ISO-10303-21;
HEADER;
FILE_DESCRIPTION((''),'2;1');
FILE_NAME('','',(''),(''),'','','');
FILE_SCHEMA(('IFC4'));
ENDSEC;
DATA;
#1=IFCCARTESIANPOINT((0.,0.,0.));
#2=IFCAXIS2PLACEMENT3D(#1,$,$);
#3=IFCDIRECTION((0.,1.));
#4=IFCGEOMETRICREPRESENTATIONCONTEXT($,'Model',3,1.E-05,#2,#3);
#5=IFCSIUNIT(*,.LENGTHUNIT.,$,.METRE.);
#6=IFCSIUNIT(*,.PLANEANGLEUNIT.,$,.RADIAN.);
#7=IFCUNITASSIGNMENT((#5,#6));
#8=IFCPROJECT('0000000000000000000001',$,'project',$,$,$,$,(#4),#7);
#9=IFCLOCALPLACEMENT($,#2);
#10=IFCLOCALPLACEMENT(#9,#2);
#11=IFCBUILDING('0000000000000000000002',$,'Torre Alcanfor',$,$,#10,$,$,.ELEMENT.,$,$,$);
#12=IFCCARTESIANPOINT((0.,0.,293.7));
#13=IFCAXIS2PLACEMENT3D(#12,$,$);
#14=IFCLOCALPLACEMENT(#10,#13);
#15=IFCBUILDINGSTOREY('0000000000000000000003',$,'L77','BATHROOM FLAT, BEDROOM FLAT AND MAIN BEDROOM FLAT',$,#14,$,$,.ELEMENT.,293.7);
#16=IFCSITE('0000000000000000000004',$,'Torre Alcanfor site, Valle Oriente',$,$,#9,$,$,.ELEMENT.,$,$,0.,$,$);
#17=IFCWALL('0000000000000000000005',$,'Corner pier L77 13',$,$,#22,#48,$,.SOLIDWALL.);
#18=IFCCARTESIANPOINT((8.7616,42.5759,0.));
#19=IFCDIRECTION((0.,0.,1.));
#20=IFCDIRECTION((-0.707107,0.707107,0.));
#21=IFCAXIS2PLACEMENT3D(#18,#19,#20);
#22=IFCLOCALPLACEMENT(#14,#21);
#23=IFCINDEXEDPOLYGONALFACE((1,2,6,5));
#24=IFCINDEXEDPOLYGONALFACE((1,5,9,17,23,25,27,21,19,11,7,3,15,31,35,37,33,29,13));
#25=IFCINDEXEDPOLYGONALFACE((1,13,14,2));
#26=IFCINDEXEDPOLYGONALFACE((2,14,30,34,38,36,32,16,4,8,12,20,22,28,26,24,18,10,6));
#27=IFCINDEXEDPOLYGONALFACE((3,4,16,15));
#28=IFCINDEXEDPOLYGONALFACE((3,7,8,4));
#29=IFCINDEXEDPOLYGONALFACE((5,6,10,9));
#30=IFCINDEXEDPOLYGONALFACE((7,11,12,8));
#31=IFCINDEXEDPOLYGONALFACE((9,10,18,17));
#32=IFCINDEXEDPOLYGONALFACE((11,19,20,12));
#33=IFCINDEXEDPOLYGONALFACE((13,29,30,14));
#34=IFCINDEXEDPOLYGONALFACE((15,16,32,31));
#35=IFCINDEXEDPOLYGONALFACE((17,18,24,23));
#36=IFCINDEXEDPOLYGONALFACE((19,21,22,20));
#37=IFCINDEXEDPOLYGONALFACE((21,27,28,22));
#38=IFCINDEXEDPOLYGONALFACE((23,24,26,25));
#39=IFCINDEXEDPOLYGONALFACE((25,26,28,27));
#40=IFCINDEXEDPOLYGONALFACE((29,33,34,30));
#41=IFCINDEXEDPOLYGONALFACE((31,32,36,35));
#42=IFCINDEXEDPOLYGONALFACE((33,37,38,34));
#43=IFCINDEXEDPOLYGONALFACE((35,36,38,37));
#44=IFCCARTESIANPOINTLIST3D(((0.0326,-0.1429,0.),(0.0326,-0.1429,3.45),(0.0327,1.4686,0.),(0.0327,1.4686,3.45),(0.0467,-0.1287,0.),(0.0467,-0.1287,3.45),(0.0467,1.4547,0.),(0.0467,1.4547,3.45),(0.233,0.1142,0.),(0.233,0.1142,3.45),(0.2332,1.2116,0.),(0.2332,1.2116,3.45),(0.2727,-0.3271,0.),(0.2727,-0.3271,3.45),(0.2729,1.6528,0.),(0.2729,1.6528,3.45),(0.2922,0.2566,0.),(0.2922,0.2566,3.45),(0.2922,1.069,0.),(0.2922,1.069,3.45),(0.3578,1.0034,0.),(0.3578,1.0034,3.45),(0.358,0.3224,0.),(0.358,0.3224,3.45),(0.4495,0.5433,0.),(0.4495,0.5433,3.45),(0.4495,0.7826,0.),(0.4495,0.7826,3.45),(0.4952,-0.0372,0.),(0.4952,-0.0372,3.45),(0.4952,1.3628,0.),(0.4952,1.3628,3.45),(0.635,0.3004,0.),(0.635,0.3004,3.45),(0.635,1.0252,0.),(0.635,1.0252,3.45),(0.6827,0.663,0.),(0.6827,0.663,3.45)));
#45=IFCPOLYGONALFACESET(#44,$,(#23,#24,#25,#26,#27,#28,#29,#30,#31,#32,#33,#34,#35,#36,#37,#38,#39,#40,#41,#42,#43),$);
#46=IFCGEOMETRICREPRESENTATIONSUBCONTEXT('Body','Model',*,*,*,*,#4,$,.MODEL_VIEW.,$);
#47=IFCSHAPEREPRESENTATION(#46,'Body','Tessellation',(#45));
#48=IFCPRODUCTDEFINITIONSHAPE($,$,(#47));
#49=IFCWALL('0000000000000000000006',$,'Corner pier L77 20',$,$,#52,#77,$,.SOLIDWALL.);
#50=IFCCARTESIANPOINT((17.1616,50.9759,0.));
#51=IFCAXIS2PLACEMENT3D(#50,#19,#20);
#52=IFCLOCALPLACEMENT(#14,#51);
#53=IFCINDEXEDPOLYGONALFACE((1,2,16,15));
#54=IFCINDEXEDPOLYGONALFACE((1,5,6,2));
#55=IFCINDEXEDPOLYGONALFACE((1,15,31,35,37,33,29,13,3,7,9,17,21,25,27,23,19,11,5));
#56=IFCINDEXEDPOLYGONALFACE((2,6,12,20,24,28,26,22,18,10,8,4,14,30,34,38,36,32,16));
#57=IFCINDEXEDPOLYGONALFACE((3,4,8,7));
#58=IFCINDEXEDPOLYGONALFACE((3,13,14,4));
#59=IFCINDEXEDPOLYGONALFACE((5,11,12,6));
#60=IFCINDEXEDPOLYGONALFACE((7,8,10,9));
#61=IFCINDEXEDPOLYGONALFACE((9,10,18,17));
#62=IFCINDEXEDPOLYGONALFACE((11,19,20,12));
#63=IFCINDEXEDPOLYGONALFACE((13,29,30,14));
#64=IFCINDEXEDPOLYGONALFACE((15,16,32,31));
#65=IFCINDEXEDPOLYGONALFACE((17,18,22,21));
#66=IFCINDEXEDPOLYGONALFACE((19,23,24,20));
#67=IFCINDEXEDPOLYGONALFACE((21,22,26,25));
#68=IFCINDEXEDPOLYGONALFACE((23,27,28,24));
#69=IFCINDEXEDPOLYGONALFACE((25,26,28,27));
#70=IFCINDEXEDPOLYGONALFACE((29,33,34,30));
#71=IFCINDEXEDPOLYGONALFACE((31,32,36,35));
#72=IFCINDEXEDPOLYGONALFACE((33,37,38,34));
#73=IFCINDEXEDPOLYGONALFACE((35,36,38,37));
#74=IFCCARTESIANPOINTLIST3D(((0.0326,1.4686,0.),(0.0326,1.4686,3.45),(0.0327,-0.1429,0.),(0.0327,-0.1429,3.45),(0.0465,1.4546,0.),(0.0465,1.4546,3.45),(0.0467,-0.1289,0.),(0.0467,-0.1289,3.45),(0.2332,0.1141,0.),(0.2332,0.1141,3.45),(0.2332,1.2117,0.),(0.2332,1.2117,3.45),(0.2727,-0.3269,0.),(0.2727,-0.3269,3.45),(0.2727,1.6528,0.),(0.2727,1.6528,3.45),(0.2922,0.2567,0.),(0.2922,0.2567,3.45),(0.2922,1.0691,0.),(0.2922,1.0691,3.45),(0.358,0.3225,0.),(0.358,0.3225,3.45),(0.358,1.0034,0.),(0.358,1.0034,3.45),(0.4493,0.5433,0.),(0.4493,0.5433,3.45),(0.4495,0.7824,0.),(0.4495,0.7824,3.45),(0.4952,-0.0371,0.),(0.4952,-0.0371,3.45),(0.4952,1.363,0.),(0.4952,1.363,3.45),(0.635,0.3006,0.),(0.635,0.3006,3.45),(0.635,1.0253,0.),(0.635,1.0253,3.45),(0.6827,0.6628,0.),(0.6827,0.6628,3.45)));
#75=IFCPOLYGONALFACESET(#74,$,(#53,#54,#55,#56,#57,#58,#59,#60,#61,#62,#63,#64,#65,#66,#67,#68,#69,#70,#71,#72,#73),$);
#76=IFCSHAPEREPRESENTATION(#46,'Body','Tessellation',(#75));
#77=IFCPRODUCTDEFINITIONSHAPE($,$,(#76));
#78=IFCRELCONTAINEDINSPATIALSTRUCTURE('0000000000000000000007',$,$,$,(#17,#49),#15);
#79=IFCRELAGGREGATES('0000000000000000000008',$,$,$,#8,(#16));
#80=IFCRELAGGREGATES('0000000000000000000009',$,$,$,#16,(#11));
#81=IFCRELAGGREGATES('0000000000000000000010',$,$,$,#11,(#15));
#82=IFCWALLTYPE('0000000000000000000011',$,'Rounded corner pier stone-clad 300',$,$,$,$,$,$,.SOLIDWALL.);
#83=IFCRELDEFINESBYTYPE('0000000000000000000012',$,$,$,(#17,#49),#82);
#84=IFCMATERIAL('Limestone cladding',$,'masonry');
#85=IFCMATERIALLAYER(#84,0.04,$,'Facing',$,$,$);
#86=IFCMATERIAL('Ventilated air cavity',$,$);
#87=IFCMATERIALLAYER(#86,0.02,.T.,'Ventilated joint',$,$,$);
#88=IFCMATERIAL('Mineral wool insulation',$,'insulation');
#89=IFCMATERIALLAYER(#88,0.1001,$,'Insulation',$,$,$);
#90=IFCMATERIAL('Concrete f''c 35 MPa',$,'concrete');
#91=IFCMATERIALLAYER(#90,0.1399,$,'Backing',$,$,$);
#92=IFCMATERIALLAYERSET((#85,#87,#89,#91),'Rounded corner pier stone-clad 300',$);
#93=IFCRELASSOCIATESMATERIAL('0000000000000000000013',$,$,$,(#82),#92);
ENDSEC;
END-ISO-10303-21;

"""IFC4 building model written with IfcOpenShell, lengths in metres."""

from ifc_helpers import new_model, si_unit, direction, frame, origin, place, context, subcontext, project, spatial, polyline, outline, extrude, material, layer, layer_set, type_object, element, save


model = new_model("IFC4")

# Units and contexts
model_context = context("Model", 3, precision=1e-05, world=origin(), true_north=direction((0.0, 1.0)))
body_context = subcontext(model_context, "Body", "Model", "MODEL_VIEW")
ifc_project = project(units=[si_unit("LENGTHUNIT", "METRE"), si_unit("PLANEANGLEUNIT", "RADIAN")], contexts=[model_context])

# Site, building, storey
site_placement = place(None, origin())
site = spatial("IfcSite", under=ifc_project, at=site_placement, Name="Torre Alcanfor site, Valle Oriente", CompositionType="ELEMENT", RefElevation=0.0)
building_placement = place(site_placement, origin())
building = spatial("IfcBuilding", under=site, at=building_placement, Name="Torre Alcanfor", CompositionType="ELEMENT")
storey_placement = place(building_placement, frame((0.0, 0.0, 293.7)))
storey = spatial("IfcBuildingStorey", under=building, at=storey_placement, Name="L77", Description="BATHROOM FLAT, BEDROOM FLAT AND MAIN BEDROOM FLAT", CompositionType="ELEMENT", Elevation=293.7)

# Shared definitions
ifc_material_1 = material(Name="Limestone cladding", Category="masonry")
ifc_material_2 = material(Name="Ventilated air cavity")
ifc_material_3 = material(Name="Mineral wool insulation", Category="insulation")
ifc_material_4 = material(Name="Concrete f'c 35 MPa", Category="concrete")

# Walls
ifc_layer_1 = layer(ifc_material_1, 0.04, Name="Facing")
ifc_layer_2 = layer(ifc_material_2, 0.02, ventilated=True, Name="Ventilated joint")
ifc_layer_3 = layer(ifc_material_3, 0.1001, Name="Insulation")
ifc_layer_4 = layer(ifc_material_4, 0.1399, Name="Backing")
ifc_layer_set_1 = layer_set([ifc_layer_1, ifc_layer_2, ifc_layer_3, ifc_layer_4], Name="Rounded corner pier stone-clad 300")
wall_type_1 = type_object("IfcWallType", Name="Rounded corner pier stone-clad 300", PredefinedType="SOLIDWALL", material=ifc_layer_set_1)
wall_1_placement = place(storey_placement, frame((8.7616, 42.5759, 0.0), z_axis=(0.0, 0.0, 1.0), x_axis=(-0.707107, 0.707107, 0.0)))
element("IfcWall", 1, at=wall_1_placement, inside=storey, type_object=wall_type_1, Name="Corner pier L77 13", PredefinedType="SOLIDWALL", context=body_context, shape_type="SweptSolid", body=[
    extrude(outline(polyline([(0.233, 0.1142), (0.0467, -0.1287), (0.0326, -0.1429), (0.2727, -0.3271), (0.4952, -0.0372), (0.635, 0.3004), (0.6827, 0.663), (0.635, 1.0252), (0.4952, 1.3628), (0.2729, 1.6528), (0.0327, 1.4686), (0.0467, 1.4547), (0.2332, 1.2116), (0.2922, 1.069), (0.3578, 1.0034), (0.4495, 0.7826), (0.4495, 0.5433), (0.358, 0.3224), (0.2922, 0.2566), (0.233, 0.1142)])), origin(), (0.0, 0.0, 1.0), 3.45),
])
wall_2_placement = place(storey_placement, frame((17.1616, 50.9759, 0.0), z_axis=(0.0, 0.0, 1.0), x_axis=(-0.707107, 0.707107, 0.0)))
element("IfcWall", 2, at=wall_2_placement, inside=storey, type_object=wall_type_1, Name="Corner pier L77 20", PredefinedType="SOLIDWALL", context=body_context, shape_type="SweptSolid", body=[
    extrude(outline(polyline([(0.0467, -0.1289), (0.0327, -0.1429), (0.2727, -0.3269), (0.4952, -0.0371), (0.635, 0.3006), (0.6827, 0.6628), (0.635, 1.0253), (0.4952, 1.363), (0.2727, 1.6528), (0.0326, 1.4686), (0.0465, 1.4546), (0.2332, 1.2117), (0.2922, 1.0691), (0.358, 1.0034), (0.4495, 0.7824), (0.4493, 0.5433), (0.358, 0.3225), (0.2922, 0.2567), (0.2332, 0.1141), (0.0467, -0.1289)])), origin(), (0.0, 0.0, 1.0), 3.45),
])

save(model, "model.ifc")
